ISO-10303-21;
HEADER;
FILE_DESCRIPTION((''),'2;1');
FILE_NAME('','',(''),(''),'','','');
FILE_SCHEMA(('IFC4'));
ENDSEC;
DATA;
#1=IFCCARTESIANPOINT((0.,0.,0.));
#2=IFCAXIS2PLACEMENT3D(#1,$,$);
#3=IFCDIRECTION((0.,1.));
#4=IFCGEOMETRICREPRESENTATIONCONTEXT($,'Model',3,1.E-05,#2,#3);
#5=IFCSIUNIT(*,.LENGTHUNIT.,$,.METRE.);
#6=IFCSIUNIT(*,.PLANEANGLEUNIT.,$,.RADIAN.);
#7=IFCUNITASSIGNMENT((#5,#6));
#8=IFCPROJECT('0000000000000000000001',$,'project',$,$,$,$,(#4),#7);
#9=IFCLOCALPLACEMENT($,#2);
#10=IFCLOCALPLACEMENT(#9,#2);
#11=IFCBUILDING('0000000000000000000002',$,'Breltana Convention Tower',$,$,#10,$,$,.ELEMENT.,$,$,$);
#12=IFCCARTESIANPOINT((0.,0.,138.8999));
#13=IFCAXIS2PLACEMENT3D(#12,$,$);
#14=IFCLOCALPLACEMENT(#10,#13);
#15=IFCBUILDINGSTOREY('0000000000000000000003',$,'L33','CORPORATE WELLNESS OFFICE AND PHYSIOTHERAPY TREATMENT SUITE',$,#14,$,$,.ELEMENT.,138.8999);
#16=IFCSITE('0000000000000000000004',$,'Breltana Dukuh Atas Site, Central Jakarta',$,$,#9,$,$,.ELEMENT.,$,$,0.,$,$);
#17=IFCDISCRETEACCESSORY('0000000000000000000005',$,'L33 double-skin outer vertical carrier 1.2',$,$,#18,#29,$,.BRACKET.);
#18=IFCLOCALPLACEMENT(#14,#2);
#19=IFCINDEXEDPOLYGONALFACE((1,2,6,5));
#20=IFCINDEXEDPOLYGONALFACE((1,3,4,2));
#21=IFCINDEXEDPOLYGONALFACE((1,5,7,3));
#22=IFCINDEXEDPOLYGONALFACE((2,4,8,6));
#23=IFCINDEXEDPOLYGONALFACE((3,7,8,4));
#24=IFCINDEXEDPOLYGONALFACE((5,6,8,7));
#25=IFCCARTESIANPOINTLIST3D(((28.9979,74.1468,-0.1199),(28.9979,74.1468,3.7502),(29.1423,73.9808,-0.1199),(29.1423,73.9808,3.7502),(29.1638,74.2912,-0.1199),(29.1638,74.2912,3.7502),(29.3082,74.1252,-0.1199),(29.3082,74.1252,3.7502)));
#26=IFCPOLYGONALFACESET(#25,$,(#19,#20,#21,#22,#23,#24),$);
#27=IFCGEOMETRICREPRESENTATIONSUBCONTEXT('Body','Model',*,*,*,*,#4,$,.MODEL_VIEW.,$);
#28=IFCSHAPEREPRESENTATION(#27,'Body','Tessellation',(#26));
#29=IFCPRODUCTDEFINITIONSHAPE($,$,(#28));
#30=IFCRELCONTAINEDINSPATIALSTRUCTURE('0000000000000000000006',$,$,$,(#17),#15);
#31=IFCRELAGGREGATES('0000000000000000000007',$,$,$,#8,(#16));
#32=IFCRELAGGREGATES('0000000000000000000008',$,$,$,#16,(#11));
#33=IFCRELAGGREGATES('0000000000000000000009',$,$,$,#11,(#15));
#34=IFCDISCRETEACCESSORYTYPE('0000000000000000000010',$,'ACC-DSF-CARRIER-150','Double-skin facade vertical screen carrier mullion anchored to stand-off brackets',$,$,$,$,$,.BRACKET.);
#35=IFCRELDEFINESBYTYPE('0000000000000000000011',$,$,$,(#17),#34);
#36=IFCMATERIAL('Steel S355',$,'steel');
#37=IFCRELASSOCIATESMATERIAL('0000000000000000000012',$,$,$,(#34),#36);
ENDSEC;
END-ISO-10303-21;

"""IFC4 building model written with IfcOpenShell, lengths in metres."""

from ifc_helpers import new_model, si_unit, direction, frame, origin, origin_2d, place, context, subcontext, project, spatial, rectangle, extrude, source, transform, mapped, material, type_object, element, save


model = new_model("IFC4")

# Units and contexts
model_context = context("Model", 3, precision=1e-05, world=origin(), true_north=direction((0.0, 1.0)))
body_context = subcontext(model_context, "Body", "Model", "MODEL_VIEW")
ifc_project = project(units=[si_unit("LENGTHUNIT", "METRE"), si_unit("PLANEANGLEUNIT", "RADIAN")], contexts=[model_context])

# Site, building, storey
site_placement = place(None, origin())
site = spatial("IfcSite", under=ifc_project, at=site_placement, Name="Breltana Dukuh Atas Site, Central Jakarta", CompositionType="ELEMENT", RefElevation=0.0)
building_placement = place(site_placement, origin())
building = spatial("IfcBuilding", under=site, at=building_placement, Name="Breltana Convention Tower", CompositionType="ELEMENT")
storey_placement = place(building_placement, frame((0.0, 0.0, 138.8999)))
storey = spatial("IfcBuildingStorey", under=building, at=storey_placement, Name="L33", Description="CORPORATE WELLNESS OFFICE AND PHYSIOTHERAPY TREATMENT SUITE", CompositionType="ELEMENT", Elevation=138.8999)

# Discrete accessory
ifc_material_1 = material(Name="Steel S355", Category="steel")
discrete_accessory_type_1 = type_object("IfcDiscreteAccessoryType", Name="ACC-DSF-CARRIER-150", Description="Double-skin facade vertical screen carrier mullion anchored to stand-off brackets", PredefinedType="BRACKET", material=ifc_material_1)
shared_shape_1 = source(origin(), body_context, "Body", "SweptSolid", [
    extrude(rectangle(XDim=0.22, YDim=0.22, at=origin_2d()), origin(), (0.0, 0.0, 1.0), 3.8701),
])
discrete_accessory_placement = place(storey_placement, frame((29.1531, 74.136, -0.1199), z_axis=(0.0, 0.0, 1.0), x_axis=(-0.656454, 0.754366, 0.0)))
element("IfcDiscreteAccessory", 1, at=discrete_accessory_placement, inside=storey, type_object=discrete_accessory_type_1, Name="L33 double-skin outer vertical carrier 1.2", PredefinedType="BRACKET", context=body_context, shape_type="MappedRepresentation", body=[
    mapped(shared_shape_1, transform((0.0, 0.0, 0.0), scale=1.0)),
])

save(model, "model.ifc")
